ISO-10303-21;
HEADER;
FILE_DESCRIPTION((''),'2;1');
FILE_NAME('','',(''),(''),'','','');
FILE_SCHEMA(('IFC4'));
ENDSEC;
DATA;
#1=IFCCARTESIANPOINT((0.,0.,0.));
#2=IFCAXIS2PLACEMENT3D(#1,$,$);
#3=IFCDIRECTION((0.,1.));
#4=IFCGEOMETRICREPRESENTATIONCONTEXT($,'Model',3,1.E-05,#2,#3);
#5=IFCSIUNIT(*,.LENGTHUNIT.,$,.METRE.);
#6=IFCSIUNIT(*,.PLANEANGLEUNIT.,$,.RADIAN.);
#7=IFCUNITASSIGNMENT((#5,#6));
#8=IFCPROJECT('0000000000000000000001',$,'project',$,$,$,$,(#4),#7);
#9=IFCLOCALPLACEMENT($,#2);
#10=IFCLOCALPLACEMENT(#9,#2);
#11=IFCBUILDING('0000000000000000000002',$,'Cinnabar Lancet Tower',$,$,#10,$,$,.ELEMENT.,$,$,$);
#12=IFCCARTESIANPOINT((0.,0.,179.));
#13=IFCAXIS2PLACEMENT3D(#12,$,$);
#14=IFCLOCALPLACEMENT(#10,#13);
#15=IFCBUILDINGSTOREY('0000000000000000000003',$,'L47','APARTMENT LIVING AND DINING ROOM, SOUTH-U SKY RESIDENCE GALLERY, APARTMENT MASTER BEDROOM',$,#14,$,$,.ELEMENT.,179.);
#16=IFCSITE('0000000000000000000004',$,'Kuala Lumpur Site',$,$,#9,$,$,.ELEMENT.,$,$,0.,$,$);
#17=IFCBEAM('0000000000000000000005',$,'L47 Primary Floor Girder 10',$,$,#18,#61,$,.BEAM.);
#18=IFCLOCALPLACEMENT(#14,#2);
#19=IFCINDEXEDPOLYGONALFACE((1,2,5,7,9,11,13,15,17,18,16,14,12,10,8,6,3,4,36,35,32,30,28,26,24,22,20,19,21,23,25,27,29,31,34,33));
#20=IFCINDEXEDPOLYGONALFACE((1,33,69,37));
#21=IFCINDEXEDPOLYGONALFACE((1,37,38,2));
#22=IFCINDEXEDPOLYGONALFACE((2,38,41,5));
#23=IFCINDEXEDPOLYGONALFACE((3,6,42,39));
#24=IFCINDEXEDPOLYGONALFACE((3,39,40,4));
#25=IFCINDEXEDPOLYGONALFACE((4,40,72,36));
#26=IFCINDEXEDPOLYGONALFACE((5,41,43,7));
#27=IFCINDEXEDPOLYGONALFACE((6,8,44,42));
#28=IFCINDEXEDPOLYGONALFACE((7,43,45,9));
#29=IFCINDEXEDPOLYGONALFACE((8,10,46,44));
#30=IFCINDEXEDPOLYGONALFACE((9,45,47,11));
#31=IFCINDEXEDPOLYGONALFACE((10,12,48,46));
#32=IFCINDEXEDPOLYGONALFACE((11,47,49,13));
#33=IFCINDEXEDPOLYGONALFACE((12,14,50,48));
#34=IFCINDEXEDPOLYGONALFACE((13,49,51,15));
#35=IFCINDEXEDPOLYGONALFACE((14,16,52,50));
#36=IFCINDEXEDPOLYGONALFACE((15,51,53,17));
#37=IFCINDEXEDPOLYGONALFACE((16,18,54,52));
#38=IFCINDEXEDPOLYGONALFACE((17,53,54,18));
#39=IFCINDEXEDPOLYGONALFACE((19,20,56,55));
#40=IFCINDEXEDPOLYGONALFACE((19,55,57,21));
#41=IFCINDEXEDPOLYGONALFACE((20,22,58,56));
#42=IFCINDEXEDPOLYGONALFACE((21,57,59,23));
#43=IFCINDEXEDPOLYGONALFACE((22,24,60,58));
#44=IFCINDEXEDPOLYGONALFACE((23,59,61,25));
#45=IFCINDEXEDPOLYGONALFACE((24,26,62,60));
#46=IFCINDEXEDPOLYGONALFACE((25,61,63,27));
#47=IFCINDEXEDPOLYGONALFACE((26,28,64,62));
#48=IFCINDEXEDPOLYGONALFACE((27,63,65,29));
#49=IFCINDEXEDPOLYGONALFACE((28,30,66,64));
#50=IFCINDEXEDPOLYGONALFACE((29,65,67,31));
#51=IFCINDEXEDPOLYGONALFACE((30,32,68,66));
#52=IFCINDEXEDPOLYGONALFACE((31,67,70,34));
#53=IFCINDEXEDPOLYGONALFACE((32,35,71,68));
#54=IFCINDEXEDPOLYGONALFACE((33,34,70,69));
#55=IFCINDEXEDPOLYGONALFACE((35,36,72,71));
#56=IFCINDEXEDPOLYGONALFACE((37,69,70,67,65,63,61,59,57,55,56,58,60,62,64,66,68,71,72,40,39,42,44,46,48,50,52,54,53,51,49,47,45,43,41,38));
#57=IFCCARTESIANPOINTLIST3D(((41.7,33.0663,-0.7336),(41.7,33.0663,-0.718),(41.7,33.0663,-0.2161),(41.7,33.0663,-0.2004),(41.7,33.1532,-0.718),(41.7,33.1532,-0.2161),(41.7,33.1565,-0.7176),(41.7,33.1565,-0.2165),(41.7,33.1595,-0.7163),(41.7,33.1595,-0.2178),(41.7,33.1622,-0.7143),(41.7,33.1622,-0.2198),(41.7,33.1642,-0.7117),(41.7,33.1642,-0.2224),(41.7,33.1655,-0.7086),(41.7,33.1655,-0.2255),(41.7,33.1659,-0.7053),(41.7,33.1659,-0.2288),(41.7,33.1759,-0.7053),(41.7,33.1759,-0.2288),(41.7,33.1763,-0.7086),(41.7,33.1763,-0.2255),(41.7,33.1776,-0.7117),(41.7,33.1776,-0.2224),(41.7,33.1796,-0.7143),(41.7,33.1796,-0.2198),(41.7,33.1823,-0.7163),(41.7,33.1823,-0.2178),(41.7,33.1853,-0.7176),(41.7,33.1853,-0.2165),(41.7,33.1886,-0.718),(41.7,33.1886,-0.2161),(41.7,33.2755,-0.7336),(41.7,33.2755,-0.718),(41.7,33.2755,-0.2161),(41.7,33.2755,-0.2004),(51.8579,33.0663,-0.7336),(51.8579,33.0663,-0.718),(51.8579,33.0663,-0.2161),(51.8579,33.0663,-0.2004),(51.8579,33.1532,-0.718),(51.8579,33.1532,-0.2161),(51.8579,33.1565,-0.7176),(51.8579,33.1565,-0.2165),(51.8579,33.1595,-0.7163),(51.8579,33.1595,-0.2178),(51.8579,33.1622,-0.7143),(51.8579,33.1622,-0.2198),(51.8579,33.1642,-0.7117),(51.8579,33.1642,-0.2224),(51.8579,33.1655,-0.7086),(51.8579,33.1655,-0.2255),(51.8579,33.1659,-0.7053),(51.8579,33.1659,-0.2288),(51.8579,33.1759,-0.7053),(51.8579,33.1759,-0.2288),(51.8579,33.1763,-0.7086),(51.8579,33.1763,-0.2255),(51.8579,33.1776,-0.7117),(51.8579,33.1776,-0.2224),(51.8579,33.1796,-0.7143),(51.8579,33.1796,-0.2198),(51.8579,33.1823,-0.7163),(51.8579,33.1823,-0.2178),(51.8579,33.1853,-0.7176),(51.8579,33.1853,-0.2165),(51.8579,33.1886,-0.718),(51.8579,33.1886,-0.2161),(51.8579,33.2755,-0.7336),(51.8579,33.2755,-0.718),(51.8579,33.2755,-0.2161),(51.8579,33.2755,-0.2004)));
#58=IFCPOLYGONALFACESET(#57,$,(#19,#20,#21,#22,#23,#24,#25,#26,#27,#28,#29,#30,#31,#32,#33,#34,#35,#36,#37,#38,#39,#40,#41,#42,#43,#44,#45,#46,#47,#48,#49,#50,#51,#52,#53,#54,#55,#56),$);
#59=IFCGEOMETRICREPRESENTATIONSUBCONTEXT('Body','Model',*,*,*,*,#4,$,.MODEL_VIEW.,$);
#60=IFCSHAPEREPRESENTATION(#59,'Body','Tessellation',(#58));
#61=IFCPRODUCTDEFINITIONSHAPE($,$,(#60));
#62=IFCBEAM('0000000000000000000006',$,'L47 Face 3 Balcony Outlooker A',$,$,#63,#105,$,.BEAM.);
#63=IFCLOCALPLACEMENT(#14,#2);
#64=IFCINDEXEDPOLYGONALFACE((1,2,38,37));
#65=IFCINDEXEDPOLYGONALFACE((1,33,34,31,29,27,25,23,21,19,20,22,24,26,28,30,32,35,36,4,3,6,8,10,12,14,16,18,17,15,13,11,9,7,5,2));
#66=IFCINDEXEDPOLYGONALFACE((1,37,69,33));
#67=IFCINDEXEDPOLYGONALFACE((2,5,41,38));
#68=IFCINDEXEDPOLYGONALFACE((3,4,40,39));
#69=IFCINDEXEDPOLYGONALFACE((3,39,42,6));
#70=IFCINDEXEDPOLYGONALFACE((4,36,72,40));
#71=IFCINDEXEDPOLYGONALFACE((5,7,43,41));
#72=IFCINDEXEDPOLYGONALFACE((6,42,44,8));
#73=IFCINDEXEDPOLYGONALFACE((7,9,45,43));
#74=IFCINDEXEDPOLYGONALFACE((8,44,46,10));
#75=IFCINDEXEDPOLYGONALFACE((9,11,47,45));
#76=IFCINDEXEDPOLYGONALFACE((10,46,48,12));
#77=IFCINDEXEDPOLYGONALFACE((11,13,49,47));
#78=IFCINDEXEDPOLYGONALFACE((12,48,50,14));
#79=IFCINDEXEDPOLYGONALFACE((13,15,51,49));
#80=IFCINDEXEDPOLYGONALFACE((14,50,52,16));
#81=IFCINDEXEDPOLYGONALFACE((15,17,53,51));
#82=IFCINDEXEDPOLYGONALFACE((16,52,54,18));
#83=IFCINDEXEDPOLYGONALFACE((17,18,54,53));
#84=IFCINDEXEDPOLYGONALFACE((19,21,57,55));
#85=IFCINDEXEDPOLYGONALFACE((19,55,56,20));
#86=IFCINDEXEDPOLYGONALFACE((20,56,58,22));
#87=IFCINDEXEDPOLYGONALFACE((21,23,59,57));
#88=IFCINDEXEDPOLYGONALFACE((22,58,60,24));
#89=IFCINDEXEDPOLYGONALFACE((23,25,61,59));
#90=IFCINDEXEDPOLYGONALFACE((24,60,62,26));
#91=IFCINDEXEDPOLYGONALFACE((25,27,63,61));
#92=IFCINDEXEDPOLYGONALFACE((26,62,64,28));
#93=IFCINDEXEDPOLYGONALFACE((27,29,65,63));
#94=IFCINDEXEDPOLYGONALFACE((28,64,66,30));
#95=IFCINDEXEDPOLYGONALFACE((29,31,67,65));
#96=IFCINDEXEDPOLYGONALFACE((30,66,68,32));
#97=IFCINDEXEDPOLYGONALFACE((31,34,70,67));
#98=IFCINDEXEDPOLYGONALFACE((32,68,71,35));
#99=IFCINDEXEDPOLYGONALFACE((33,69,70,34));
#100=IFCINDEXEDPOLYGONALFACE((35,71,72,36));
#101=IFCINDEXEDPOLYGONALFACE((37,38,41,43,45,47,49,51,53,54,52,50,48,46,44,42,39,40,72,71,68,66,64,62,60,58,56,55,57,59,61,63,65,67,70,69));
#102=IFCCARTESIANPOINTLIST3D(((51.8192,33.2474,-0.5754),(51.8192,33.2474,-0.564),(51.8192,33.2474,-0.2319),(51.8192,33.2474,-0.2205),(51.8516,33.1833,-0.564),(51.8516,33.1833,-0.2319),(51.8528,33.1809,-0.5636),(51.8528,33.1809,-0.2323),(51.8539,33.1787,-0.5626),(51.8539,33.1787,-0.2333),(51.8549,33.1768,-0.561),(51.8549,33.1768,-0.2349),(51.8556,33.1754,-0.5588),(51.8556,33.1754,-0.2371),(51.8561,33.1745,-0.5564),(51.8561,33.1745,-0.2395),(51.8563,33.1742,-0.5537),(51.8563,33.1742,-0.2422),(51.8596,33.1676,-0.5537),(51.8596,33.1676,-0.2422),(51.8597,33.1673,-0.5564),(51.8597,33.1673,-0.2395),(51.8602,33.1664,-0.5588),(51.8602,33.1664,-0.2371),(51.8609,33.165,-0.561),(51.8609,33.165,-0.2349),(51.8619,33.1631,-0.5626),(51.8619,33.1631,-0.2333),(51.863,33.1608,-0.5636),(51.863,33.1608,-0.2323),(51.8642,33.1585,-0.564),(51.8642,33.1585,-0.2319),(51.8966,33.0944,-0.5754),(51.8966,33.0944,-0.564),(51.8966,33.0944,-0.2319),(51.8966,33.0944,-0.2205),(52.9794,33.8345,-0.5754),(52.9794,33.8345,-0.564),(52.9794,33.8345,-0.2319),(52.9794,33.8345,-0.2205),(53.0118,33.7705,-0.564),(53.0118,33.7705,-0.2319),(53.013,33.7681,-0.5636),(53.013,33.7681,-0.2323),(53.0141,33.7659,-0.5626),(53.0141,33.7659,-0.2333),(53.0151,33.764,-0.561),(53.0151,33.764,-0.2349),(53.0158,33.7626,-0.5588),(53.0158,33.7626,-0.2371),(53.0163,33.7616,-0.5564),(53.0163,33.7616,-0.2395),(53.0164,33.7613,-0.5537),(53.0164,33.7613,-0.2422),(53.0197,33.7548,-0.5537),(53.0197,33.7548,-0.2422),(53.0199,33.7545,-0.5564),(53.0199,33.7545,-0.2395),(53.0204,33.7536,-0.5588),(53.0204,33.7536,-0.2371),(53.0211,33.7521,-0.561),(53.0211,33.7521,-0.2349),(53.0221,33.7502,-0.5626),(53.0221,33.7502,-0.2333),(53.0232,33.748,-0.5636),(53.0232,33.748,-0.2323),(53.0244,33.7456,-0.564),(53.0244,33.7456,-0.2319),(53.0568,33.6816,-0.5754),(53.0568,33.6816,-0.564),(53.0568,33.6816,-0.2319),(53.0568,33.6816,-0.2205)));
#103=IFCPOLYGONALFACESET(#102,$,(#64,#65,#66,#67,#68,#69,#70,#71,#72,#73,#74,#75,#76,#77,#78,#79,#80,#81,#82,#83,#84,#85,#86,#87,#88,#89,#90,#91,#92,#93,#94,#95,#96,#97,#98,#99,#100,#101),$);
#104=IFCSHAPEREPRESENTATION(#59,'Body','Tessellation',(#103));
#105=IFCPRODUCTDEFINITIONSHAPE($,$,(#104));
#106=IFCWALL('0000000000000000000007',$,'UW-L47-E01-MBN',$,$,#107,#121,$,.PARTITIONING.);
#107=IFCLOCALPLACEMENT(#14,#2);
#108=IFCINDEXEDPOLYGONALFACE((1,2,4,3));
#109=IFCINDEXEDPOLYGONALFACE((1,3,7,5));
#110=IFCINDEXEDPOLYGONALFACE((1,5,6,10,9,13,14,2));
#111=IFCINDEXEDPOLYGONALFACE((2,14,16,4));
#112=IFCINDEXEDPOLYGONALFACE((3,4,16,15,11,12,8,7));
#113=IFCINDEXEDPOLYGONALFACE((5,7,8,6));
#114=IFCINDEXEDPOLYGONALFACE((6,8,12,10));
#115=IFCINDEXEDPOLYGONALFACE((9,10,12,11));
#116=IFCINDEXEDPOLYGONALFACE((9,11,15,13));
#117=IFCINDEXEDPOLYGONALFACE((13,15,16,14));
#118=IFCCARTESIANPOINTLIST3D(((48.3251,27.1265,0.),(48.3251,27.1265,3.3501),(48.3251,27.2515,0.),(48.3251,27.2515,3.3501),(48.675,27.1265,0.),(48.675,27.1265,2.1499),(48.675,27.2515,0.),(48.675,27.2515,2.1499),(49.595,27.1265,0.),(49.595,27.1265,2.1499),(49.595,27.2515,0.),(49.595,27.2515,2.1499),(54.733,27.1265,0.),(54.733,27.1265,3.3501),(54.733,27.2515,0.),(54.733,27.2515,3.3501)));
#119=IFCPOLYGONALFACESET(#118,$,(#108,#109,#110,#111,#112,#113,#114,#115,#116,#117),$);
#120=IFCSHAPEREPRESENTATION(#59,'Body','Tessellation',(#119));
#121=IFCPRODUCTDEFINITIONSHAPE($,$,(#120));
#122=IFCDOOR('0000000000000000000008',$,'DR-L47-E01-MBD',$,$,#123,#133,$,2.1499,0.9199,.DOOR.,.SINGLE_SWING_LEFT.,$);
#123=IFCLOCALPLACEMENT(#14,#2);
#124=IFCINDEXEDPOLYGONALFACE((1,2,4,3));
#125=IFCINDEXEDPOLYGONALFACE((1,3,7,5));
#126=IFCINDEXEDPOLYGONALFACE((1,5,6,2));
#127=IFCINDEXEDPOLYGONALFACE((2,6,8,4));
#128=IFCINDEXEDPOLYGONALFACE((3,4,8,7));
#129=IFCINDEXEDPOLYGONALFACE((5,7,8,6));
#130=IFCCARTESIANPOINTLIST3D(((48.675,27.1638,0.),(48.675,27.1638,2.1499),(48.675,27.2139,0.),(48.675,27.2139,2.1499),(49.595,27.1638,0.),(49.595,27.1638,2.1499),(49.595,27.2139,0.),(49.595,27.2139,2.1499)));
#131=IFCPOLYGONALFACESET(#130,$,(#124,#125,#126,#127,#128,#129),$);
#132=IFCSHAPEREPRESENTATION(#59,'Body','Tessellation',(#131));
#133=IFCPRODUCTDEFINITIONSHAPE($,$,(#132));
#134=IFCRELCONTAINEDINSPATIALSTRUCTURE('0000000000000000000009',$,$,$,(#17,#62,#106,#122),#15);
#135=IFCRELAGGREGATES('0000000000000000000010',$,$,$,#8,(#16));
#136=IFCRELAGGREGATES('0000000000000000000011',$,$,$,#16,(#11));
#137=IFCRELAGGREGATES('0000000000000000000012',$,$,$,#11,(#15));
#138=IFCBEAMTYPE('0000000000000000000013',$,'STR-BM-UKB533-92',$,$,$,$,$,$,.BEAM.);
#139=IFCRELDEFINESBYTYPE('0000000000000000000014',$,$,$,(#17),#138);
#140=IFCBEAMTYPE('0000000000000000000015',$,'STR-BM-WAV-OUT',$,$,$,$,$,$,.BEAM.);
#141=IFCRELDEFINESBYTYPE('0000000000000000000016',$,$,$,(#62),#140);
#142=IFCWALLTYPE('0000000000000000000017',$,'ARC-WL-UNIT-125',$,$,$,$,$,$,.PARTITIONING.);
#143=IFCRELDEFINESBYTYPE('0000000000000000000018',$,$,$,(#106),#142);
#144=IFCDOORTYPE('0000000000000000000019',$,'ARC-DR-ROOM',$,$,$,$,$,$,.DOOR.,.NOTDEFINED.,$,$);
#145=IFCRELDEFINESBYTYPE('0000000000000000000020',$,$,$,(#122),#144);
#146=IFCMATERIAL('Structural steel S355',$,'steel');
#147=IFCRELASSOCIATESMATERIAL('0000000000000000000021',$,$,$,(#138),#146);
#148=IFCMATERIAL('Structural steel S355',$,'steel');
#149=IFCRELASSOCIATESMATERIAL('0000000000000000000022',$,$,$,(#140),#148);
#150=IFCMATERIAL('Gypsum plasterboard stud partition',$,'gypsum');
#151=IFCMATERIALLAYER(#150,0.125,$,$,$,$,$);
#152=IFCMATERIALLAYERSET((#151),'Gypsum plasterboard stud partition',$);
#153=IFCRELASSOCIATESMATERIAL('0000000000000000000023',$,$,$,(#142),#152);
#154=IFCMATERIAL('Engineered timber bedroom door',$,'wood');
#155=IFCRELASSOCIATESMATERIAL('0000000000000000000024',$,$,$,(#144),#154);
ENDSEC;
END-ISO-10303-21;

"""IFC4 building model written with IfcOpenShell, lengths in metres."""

from ifc_helpers import new_model, si_unit, direction, frame, frame_2d, origin, origin_2d, place, context, subcontext, project, spatial, rectangle, i_section, extrude, material, layer, layer_set, material_profile, profile_set, type_object, element, fill, save


model = new_model("IFC4")

# Units and contexts
model_context = context("Model", 3, precision=1e-05, world=origin(), true_north=direction((0.0, 1.0)))
body_context = subcontext(model_context, "Body", "Model", "MODEL_VIEW")
ifc_project = project(units=[si_unit("LENGTHUNIT", "METRE"), si_unit("PLANEANGLEUNIT", "RADIAN")], contexts=[model_context])

# Site, building, storey
site_placement = place(None, origin())
site = spatial("IfcSite", under=ifc_project, at=site_placement, Name="Kuala Lumpur Site", CompositionType="ELEMENT", RefElevation=0.0)
building_placement = place(site_placement, origin())
building = spatial("IfcBuilding", under=site, at=building_placement, Name="Cinnabar Lancet Tower", CompositionType="ELEMENT")
storey_placement = place(building_placement, frame((0.0, 0.0, 179.0)))
storey = spatial("IfcBuildingStorey", under=building, at=storey_placement, Name="L47", Description="APARTMENT LIVING AND DINING ROOM, SOUTH-U SKY RESIDENCE GALLERY, APARTMENT MASTER BEDROOM", CompositionType="ELEMENT", Elevation=179.0)

# Beams
ifc_material_1 = material(Name="Structural steel S355", Category="steel")
ifc_material_profile_1 = material_profile(ifc_material_1, i_section(OverallWidth=0.2092, OverallDepth=0.5332, WebThickness=0.01, FlangeThickness=0.0156, FilletRadius=0.0127, at=origin_2d()), Name="UKB 533x210x92")
ifc_profile_set_1 = profile_set([ifc_material_profile_1], Name="Structural steel S355")
beam_type_1 = type_object("IfcBeamType", Name="STR-BM-UKB533-92", PredefinedType="BEAM", material=ifc_profile_set_1)
beam_1_placement = place(storey_placement, frame((51.8579, 33.1709, -0.467), z_axis=(-1.0, 0.0, 0.0), x_axis=(0.0, -1.0, 0.0)))
element("IfcBeam", 1, at=beam_1_placement, inside=storey, type_object=beam_type_1, Name="L47 Primary Floor Girder 10", PredefinedType="BEAM", context=body_context, shape_type="SweptSolid", body=[
    extrude(i_section(OverallWidth=0.2092, OverallDepth=0.5332, WebThickness=0.01, FlangeThickness=0.0156, FilletRadius=0.0127, at=origin_2d()), origin(), (0.0, 0.0, 1.0), 10.158),
])
ifc_material_2 = material(Name="Structural steel S355", Category="steel")
ifc_material_profile_2 = material_profile(ifc_material_2, i_section(OverallWidth=0.1714, OverallDepth=0.355, WebThickness=0.0073, FlangeThickness=0.0115, FilletRadius=0.0103, at=origin_2d()), Name="UKB 356x171x51")
ifc_profile_set_2 = profile_set([ifc_material_profile_2], Name="Structural steel S355")
beam_type_2 = type_object("IfcBeamType", Name="STR-BM-WAV-OUT", PredefinedType="BEAM", material=ifc_profile_set_2)
beam_2_placement = place(storey_placement, frame((51.8579, 33.1709, -0.3979), z_axis=(0.892239, 0.451564, 0.0), x_axis=(-0.451564, 0.892239, 0.0)))
element("IfcBeam", 2, at=beam_2_placement, inside=storey, type_object=beam_type_2, Name="L47 Face 3 Balcony Outlooker A", PredefinedType="BEAM", context=body_context, shape_type="SweptSolid", body=[
    extrude(i_section(OverallWidth=0.1714, OverallDepth=0.355, WebThickness=0.0073, FlangeThickness=0.0115, FilletRadius=0.0103, at=origin_2d()), origin(), (0.0, 0.0, 1.0), 1.3003),
])

# Wall, opening, door
ifc_material_3 = material(Name="Gypsum plasterboard stud partition", Category="gypsum")
ifc_layer_1 = layer(ifc_material_3, 0.125)
ifc_layer_set_1 = layer_set([ifc_layer_1], Name="Gypsum plasterboard stud partition")
wall_type_1 = type_object("IfcWallType", Name="ARC-WL-UNIT-125", PredefinedType="PARTITIONING", material=ifc_layer_set_1)
wall_1_placement = place(storey_placement, frame((48.325, 27.189, 0.0), z_axis=(0.0, 0.0, 1.0), x_axis=(1.0, 0.0, 0.0)))
wall_1 = element("IfcWall", 3, at=wall_1_placement, inside=storey, type_object=wall_type_1, Name="UW-L47-E01-MBN", PredefinedType="PARTITIONING", context=body_context, shape_type="SweptSolid", body=[
    extrude(rectangle(XDim=6.408, YDim=0.125, at=frame_2d((3.2041, 0.0))), origin(), (0.0, 0.0, 1.0), 3.3501),
])
opening_1_placement = place(wall_1_placement, frame((0.3501, 0.0, 0.0)))
opening_1 = element("IfcOpeningElement", 4, at=opening_1_placement, cuts=wall_1, PredefinedType="OPENING", context=body_context, shape_type="SweptSolid", body=[
    extrude(rectangle(XDim=0.9199, YDim=2.1499, at=frame_2d((0.46, 1.075))), frame((0.0, 0.0725, 0.0), z_axis=(0.0, -1.0, 0.0), x_axis=(1.0, 0.0, 0.0)), (0.0, 0.0, 1.0), 0.145),
])
ifc_material_4 = material(Name="Engineered timber bedroom door", Category="wood")
door_type_1 = type_object("IfcDoorType", Name="ARC-DR-ROOM", OperationType="NOTDEFINED", PredefinedType="DOOR", material=ifc_material_4)
door_1_placement = place(opening_1_placement, origin())
door_1 = element("IfcDoor", 5, at=door_1_placement, inside=storey, type_object=door_type_1, Name="DR-L47-E01-MBD", OperationType="SINGLE_SWING_LEFT", OverallHeight=2.1499, OverallWidth=0.9199, PredefinedType="DOOR", context=body_context, shape_type="SweptSolid", body=[
    extrude(rectangle(XDim=0.9199, YDim=2.1499, at=frame_2d((0.46, 1.075))), frame((0.0, 0.0249, 0.0), z_axis=(0.0, -1.0, 0.0), x_axis=(1.0, 0.0, 0.0)), (0.0, 0.0, 1.0), 0.05),
])
fill(opening_1, door_1)

save(model, "model.ifc")
